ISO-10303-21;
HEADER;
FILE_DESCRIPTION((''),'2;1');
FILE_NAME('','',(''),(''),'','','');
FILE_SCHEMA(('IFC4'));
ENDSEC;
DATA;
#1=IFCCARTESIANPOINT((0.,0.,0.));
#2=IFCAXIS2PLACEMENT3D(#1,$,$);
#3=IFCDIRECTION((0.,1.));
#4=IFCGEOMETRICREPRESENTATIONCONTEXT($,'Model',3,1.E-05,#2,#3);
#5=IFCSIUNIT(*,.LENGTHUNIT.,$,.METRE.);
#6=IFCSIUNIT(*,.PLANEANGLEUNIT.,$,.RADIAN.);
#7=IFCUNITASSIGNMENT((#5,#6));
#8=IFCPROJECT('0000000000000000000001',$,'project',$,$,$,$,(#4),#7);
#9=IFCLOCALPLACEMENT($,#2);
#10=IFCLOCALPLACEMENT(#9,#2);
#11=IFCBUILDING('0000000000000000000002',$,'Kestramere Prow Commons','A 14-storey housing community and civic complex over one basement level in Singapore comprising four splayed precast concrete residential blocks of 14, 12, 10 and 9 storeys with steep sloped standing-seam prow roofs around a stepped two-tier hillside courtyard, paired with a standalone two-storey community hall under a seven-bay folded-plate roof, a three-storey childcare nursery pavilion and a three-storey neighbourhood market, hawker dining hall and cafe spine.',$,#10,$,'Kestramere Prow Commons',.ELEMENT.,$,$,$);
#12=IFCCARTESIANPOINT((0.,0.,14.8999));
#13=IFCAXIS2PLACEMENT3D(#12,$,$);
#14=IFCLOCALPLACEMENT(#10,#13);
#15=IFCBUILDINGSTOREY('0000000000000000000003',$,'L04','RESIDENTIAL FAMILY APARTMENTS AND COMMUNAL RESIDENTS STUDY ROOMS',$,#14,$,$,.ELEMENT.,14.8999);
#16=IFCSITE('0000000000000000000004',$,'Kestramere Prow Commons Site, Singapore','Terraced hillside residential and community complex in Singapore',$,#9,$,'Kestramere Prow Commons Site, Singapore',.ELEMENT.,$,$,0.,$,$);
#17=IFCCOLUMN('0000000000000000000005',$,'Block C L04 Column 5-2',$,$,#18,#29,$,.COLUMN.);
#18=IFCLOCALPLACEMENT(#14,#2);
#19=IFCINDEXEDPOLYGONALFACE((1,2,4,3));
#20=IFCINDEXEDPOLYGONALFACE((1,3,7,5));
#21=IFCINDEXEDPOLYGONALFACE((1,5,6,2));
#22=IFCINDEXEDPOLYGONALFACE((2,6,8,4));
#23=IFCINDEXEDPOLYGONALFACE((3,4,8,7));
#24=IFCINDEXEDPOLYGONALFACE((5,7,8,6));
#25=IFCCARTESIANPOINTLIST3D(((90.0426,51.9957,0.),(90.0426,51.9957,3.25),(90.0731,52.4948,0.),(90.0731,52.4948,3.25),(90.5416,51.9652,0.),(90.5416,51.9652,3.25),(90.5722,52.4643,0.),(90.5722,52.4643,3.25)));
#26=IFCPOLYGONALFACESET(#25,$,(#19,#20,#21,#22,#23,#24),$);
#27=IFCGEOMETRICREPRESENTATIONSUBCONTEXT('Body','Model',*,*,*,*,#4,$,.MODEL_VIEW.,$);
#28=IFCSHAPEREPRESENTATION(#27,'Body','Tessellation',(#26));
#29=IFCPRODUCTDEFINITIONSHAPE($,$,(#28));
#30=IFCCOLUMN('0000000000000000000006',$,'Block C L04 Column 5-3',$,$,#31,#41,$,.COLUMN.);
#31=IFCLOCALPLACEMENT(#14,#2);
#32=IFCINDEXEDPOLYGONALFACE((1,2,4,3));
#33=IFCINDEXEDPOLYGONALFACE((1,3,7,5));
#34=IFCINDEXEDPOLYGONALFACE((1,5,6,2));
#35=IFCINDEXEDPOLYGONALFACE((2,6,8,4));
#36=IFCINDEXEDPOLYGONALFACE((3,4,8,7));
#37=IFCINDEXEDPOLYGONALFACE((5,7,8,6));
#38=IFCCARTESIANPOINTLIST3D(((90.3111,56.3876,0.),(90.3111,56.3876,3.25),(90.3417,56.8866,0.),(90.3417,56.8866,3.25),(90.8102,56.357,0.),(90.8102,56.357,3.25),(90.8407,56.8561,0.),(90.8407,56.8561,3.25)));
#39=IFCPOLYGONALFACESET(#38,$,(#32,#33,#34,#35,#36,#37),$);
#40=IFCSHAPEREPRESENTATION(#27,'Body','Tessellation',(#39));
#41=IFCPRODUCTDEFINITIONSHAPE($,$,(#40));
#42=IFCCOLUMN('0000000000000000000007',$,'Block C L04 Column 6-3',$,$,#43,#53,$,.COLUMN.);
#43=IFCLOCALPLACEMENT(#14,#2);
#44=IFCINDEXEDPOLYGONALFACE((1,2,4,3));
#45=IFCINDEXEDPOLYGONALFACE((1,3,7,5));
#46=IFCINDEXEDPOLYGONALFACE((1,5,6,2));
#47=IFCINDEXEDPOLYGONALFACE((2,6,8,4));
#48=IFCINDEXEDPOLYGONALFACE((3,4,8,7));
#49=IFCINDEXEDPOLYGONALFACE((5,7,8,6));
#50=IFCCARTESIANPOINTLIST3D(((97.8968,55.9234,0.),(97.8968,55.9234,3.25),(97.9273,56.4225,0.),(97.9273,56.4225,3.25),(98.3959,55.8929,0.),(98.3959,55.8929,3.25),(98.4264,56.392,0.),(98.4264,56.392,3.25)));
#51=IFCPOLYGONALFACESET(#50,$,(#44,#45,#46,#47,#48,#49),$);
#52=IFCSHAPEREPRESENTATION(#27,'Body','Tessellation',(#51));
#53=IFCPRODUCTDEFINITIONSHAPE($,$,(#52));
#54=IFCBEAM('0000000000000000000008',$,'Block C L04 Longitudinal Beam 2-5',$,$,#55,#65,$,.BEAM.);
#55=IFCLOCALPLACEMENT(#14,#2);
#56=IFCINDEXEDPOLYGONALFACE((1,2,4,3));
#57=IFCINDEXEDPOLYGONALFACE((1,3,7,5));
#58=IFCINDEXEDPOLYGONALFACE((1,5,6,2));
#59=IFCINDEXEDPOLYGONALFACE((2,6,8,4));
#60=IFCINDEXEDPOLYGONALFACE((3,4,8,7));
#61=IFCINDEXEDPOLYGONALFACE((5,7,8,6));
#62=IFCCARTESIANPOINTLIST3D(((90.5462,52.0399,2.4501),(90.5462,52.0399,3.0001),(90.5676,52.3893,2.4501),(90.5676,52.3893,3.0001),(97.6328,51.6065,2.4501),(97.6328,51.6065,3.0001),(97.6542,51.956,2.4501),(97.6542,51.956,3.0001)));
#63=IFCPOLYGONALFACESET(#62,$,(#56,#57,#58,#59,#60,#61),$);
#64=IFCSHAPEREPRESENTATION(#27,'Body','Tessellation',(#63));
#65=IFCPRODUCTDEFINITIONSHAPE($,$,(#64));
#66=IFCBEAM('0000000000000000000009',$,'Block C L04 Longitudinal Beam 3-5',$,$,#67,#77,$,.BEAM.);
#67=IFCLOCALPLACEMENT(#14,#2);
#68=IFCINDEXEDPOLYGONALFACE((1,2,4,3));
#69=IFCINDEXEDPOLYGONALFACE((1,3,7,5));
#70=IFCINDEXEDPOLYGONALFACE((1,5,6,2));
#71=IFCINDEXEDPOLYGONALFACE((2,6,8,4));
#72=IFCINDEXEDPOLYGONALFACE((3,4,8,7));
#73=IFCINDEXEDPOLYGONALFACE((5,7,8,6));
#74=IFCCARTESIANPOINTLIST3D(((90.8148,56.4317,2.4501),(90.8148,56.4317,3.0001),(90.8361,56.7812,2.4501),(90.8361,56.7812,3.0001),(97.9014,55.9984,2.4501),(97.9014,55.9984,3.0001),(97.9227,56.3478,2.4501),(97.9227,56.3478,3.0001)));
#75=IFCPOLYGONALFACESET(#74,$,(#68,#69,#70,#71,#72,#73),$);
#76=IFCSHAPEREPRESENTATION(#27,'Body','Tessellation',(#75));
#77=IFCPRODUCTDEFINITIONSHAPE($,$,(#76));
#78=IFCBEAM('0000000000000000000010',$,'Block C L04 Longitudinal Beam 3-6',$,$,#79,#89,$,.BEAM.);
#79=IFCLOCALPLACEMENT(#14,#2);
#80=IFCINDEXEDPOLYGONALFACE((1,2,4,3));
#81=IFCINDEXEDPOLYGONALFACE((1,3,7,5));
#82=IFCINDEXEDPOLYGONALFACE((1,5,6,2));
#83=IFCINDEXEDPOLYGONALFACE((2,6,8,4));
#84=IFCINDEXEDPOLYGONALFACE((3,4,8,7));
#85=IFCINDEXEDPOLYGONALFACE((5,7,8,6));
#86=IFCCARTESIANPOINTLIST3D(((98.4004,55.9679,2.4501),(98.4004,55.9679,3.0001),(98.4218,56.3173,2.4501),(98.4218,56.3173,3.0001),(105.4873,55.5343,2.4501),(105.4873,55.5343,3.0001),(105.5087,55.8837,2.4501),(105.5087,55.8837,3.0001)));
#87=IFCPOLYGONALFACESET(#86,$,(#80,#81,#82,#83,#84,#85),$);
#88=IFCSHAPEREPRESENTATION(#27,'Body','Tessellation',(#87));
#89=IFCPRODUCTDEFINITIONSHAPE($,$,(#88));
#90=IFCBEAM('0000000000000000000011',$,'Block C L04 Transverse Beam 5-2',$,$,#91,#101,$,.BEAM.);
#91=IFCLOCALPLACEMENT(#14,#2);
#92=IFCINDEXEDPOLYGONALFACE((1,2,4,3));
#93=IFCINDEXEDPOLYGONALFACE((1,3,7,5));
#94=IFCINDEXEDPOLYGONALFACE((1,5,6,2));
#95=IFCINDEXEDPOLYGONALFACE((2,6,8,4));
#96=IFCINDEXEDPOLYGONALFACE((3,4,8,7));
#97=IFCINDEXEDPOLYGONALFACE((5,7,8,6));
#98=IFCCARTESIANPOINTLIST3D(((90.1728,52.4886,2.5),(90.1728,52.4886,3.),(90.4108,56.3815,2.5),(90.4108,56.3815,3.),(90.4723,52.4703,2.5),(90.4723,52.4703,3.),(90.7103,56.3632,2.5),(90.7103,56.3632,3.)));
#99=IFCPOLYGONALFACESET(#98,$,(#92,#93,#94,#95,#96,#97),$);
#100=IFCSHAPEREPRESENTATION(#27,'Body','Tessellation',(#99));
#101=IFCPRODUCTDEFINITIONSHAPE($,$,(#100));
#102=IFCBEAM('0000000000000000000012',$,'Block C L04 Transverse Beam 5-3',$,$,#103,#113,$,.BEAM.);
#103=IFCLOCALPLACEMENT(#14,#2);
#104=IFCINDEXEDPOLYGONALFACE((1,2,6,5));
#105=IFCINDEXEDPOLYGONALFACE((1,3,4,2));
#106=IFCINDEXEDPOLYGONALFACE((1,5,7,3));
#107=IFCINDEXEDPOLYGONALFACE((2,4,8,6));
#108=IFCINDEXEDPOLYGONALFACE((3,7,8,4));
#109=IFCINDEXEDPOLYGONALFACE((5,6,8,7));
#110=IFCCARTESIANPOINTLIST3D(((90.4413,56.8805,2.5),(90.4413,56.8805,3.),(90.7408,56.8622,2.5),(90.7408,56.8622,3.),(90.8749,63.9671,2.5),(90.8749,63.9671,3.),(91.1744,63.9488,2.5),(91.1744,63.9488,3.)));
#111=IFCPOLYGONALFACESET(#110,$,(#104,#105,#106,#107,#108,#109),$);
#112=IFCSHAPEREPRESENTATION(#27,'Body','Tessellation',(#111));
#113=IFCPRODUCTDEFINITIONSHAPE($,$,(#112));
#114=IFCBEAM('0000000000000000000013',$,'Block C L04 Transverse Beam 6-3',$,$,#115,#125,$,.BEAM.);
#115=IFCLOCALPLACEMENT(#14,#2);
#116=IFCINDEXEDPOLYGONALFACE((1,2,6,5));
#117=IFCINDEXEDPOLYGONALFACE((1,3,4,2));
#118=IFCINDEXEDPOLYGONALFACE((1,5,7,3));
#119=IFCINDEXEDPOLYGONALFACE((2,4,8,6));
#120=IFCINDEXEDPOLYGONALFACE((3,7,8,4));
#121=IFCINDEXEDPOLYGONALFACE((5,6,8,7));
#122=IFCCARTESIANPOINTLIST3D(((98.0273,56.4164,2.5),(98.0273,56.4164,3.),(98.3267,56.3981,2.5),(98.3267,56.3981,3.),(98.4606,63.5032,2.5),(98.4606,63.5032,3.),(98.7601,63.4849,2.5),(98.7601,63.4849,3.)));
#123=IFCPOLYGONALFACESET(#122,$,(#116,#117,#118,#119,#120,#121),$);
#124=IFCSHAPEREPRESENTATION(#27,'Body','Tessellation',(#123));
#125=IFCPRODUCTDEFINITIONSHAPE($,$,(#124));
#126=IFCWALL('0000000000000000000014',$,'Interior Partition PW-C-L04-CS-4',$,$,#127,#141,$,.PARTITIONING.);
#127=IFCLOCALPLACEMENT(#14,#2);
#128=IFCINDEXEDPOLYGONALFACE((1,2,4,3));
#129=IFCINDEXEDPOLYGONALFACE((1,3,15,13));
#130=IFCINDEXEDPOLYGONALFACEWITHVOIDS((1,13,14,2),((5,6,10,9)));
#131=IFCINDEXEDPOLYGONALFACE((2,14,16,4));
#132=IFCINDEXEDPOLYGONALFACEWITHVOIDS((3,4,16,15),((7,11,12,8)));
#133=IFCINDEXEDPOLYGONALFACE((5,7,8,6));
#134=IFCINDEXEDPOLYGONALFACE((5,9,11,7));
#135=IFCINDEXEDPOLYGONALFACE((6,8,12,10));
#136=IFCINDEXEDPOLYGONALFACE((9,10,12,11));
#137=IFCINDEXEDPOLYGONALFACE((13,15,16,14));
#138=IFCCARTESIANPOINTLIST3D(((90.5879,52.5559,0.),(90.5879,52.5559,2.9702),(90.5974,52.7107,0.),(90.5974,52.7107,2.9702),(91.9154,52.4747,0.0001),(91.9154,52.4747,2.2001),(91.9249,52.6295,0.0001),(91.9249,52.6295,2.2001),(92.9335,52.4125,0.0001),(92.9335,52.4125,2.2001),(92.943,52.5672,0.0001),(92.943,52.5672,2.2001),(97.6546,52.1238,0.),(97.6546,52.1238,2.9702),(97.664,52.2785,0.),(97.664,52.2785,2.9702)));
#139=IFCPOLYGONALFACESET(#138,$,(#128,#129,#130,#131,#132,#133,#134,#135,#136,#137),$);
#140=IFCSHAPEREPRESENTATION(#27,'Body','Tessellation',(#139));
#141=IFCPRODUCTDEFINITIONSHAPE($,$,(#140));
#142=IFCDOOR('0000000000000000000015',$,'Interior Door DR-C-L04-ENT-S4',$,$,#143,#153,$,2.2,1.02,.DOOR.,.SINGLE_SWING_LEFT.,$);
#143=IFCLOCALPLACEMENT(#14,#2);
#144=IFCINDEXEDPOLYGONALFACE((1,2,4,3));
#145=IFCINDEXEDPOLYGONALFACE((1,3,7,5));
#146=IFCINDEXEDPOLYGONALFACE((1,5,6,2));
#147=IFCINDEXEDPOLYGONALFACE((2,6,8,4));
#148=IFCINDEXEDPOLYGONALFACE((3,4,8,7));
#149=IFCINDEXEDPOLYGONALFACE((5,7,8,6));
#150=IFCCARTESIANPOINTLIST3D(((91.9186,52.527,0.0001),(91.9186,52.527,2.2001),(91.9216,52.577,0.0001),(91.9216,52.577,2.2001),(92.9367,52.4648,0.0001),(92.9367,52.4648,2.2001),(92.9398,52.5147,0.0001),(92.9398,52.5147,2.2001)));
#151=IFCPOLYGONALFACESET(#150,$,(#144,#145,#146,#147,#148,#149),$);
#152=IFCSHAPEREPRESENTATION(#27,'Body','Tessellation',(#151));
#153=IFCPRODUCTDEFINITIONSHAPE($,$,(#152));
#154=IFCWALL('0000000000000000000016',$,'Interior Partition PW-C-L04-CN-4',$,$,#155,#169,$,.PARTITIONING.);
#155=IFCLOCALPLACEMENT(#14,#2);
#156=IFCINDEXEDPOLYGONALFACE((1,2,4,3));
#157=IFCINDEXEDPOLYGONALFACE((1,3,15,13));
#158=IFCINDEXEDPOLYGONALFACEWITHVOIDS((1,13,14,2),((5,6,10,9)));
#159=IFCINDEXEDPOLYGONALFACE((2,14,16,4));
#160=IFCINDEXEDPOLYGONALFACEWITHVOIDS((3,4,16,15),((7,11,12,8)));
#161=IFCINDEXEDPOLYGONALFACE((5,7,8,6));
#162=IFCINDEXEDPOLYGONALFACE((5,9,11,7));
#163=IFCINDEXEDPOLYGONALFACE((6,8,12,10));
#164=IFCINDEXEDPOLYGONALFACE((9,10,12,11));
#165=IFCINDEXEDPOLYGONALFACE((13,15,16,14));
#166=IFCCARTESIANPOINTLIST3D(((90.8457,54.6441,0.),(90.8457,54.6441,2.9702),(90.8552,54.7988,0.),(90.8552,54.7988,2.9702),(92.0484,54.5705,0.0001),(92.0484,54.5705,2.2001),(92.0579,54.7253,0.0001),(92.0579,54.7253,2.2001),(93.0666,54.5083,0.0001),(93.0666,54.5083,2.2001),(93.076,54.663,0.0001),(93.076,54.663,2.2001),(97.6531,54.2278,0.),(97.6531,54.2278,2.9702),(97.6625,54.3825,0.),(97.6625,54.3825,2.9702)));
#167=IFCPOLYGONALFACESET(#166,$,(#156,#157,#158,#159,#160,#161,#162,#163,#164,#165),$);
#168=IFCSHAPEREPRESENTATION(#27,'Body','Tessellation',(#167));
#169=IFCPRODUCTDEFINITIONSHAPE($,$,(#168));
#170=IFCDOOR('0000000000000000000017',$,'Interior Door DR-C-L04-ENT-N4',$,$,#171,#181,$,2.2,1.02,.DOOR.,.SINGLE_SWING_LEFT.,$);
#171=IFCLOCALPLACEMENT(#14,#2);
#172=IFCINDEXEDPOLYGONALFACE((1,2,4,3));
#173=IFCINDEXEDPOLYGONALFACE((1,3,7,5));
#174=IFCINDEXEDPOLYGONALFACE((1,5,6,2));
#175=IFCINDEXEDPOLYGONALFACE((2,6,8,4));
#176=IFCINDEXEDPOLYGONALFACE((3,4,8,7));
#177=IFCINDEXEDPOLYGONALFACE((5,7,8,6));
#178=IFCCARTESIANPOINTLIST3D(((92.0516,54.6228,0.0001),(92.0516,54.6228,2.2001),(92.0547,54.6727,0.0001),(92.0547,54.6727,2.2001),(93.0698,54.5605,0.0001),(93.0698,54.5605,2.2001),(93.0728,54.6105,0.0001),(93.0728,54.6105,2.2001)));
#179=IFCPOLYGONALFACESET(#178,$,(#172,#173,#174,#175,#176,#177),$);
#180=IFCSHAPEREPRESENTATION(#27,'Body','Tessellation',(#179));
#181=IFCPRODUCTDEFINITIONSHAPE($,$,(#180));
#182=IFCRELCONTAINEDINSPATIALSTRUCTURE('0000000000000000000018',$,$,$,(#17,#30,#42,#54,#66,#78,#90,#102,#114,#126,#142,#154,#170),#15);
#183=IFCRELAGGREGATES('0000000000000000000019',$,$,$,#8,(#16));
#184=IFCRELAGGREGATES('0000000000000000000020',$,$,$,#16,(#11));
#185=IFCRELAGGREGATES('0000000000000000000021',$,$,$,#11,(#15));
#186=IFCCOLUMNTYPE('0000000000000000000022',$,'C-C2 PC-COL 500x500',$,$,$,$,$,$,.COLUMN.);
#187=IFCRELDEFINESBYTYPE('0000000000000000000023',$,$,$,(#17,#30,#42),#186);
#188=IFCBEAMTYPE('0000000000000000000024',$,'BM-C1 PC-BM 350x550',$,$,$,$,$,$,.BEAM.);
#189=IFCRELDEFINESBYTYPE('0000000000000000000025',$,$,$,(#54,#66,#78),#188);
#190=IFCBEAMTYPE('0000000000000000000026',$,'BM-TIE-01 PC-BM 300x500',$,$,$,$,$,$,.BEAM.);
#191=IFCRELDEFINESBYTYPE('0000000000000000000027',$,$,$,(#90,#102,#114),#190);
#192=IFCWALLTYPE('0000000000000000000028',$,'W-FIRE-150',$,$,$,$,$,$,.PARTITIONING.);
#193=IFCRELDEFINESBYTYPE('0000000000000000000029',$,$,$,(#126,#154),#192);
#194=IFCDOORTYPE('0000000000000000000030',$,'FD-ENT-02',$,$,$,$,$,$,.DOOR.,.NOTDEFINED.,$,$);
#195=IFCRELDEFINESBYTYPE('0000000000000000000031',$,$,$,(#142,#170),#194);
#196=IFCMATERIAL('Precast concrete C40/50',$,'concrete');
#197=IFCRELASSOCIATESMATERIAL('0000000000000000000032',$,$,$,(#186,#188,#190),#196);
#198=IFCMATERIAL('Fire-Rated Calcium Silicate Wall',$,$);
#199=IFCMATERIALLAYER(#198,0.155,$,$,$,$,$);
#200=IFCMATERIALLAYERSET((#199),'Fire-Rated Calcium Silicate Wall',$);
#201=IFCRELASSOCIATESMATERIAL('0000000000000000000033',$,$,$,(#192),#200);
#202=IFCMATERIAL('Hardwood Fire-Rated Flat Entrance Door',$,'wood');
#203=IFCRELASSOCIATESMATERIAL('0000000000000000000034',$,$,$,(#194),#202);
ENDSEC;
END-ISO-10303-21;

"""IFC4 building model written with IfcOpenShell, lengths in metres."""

from ifc_helpers import new_model, si_unit, direction, frame, frame_2d, origin, origin_2d, place, context, subcontext, project, spatial, rectangle, extrude, material, layer, layer_set, material_profile, profile_set, type_object, element, fill, save


model = new_model("IFC4")

# Units and contexts
model_context = context("Model", 3, precision=1e-05, world=origin(), true_north=direction((0.0, 1.0)))
body_context = subcontext(model_context, "Body", "Model", "MODEL_VIEW")
ifc_project = project(units=[si_unit("LENGTHUNIT", "METRE"), si_unit("PLANEANGLEUNIT", "RADIAN")], contexts=[model_context])

# Site, building, storey
site_placement = place(None, origin())
site = spatial("IfcSite", under=ifc_project, at=site_placement, Name="Kestramere Prow Commons Site, Singapore", Description="Terraced hillside residential and community complex in Singapore", LongName="Kestramere Prow Commons Site, Singapore", CompositionType="ELEMENT", RefElevation=0.0)
building_placement = place(site_placement, origin())
building = spatial("IfcBuilding", under=site, at=building_placement, Name="Kestramere Prow Commons", Description="A 14-storey housing community and civic complex over one basement level in Singapore comprising four splayed precast concrete residential blocks of 14, 12, 10 and 9 storeys with steep sloped standing-seam prow roofs around a stepped two-tier hillside courtyard, paired with a standalone two-storey community hall under a seven-bay folded-plate roof, a three-storey childcare nursery pavilion and a three-storey neighbourhood market, hawker dining hall and cafe spine.", LongName="Kestramere Prow Commons", CompositionType="ELEMENT")
storey_placement = place(building_placement, frame((0.0, 0.0, 14.8999)))
storey = spatial("IfcBuildingStorey", under=building, at=storey_placement, Name="L04", Description="RESIDENTIAL FAMILY APARTMENTS AND COMMUNAL RESIDENTS STUDY ROOMS", CompositionType="ELEMENT", Elevation=14.8999)

# Columns
ifc_material_1 = material(Name="Precast concrete C40/50", Category="concrete")
ifc_material_profile_1 = material_profile(ifc_material_1, rectangle(XDim=0.5, YDim=0.5, at=origin_2d()), Name="PC-COL 500x500")
ifc_profile_set_1 = profile_set([ifc_material_profile_1], Name="Precast concrete C40/50")
column_type = type_object("IfcColumnType", Name="C-C2 PC-COL 500x500", PredefinedType="COLUMN", material=ifc_profile_set_1)
for number, where, z_axis, x_axis, name in (
    (1, (90.3074, 52.23, 0.0), (0.0, 0.0, 1.0), (0.998135, -0.061049, 0.0), "Block C L04 Column 5-2"),
    (2, (90.5759, 56.6218, 0.0), (0.0, 0.0, 1.0), (0.998135, -0.061049, 0.0), "Block C L04 Column 5-3"),
    (3, (98.1616, 56.1577, 0.0), (0.0, 0.0, 1.0), (0.998135, -0.061049, 0.0), "Block C L04 Column 6-3"),
):
    element("IfcColumn", number, at=place(storey_placement, frame(where, z_axis=z_axis, x_axis=x_axis)), inside=storey, type_object=column_type, Name=name, PredefinedType="COLUMN", context=body_context, shape_type="SweptSolid", body=[
        extrude(rectangle(XDim=0.5, YDim=0.5, at=origin_2d()), origin(), (0.0, 0.0, 1.0), 3.25),
    ])

# Beams
ifc_material_profile_2 = material_profile(ifc_material_1, rectangle(XDim=0.3501, YDim=0.55, at=origin_2d()), Name="PC-BM 350x550")
ifc_profile_set_2 = profile_set([ifc_material_profile_2], Name="Precast concrete C40/50")
beam_type_1 = type_object("IfcBeamType", Name="BM-C1 PC-BM 350x550", PredefinedType="BEAM", material=ifc_profile_set_2)
for number, where, z_axis, x_axis, name in (
    (4, (90.5569, 52.2146, 2.7251), (0.998136, -0.061036, 0.0), (0.061036, 0.998136, 0.0), "Block C L04 Longitudinal Beam 2-5"),
    (5, (90.8254, 56.6064, 2.7251), (0.998136, -0.061036, 0.0), (0.061036, 0.998136, 0.0), "Block C L04 Longitudinal Beam 3-5"),
):
    element("IfcBeam", number, at=place(storey_placement, frame(where, z_axis=z_axis, x_axis=x_axis)), inside=storey, type_object=beam_type_1, Name=name, PredefinedType="BEAM", context=body_context, shape_type="SweptSolid", body=[
        extrude(rectangle(XDim=0.3501, YDim=0.55, at=origin_2d()), origin(), (0.0, 0.0, 1.0), 7.0999),
    ])
beam_1_placement = place(storey_placement, frame((98.4111, 56.1426, 2.7251), z_axis=(0.998134, -0.061068, 0.0), x_axis=(0.061068, 0.998134, 0.0)))
element("IfcBeam", 6, at=beam_1_placement, inside=storey, type_object=beam_type_1, Name="Block C L04 Longitudinal Beam 3-6", PredefinedType="BEAM", context=body_context, shape_type="SweptSolid", body=[
    extrude(rectangle(XDim=0.3501, YDim=0.55, at=origin_2d()), origin(), (0.0, 0.0, 1.0), 7.1001),
])
ifc_material_profile_3 = material_profile(ifc_material_1, rectangle(XDim=0.3, YDim=0.5, at=origin_2d()), Name="PC-BM 300x500")
ifc_profile_set_3 = profile_set([ifc_material_profile_3], Name="Precast concrete C40/50")
beam_type_2 = type_object("IfcBeamType", Name="BM-TIE-01 PC-BM 300x500", PredefinedType="BEAM", material=ifc_profile_set_3)
beam_2_placement = place(storey_placement, frame((90.3225, 52.4795, 2.75), z_axis=(0.061034, 0.998136, 0.0), x_axis=(-0.998136, 0.061034, 0.0)))
element("IfcBeam", 7, at=beam_2_placement, inside=storey, type_object=beam_type_2, Name="Block C L04 Transverse Beam 5-2", PredefinedType="BEAM", context=body_context, shape_type="SweptSolid", body=[
    extrude(rectangle(XDim=0.3, YDim=0.5, at=origin_2d()), origin(), (0.0, 0.0, 1.0), 3.9001),
])
beam_3_placement = place(storey_placement, frame((90.5911, 56.8713, 2.75), z_axis=(0.06107, 0.998133, 0.0), x_axis=(-0.998133, 0.06107, 0.0)))
element("IfcBeam", 8, at=beam_3_placement, inside=storey, type_object=beam_type_2, Name="Block C L04 Transverse Beam 5-3", PredefinedType="BEAM", context=body_context, shape_type="SweptSolid", body=[
    extrude(rectangle(XDim=0.3, YDim=0.5, at=origin_2d()), origin(), (0.0, 0.0, 1.0), 7.0999),
])
beam_4_placement = place(storey_placement, frame((98.177, 56.4072, 2.75), z_axis=(0.061034, 0.998136, 0.0), x_axis=(-0.998136, 0.061034, 0.0)))
element("IfcBeam", 9, at=beam_4_placement, inside=storey, type_object=beam_type_2, Name="Block C L04 Transverse Beam 6-3", PredefinedType="BEAM", context=body_context, shape_type="SweptSolid", body=[
    extrude(rectangle(XDim=0.3, YDim=0.5, at=origin_2d()), origin(), (0.0, 0.0, 1.0), 7.1001),
])

# Walls, openings, doors
ifc_material_2 = material(Name="Fire-Rated Calcium Silicate Wall")
ifc_layer_1 = layer(ifc_material_2, 0.155)
ifc_layer_set_1 = layer_set([ifc_layer_1], Name="Fire-Rated Calcium Silicate Wall")
wall_type_1 = type_object("IfcWallType", Name="W-FIRE-150", PredefinedType="PARTITIONING", material=ifc_layer_set_1)
wall_1_placement = place(storey_placement, frame((90.5925, 52.6333, 0.0), z_axis=(0.0, 0.0, 1.0), x_axis=(0.998136, -0.061036, 0.0)))
wall_1 = element("IfcWall", 10, at=wall_1_placement, inside=storey, type_object=wall_type_1, Name="Interior Partition PW-C-L04-CS-4", PredefinedType="PARTITIONING", context=body_context, shape_type="SweptSolid", body=[
    extrude(rectangle(XDim=7.0798, YDim=0.155, at=frame_2d((3.54, 0.0))), origin(), (0.0, 0.0, 1.0), 2.9702),
])
opening_1_placement = place(wall_1_placement, frame((1.3301, 0.0, 0.0)))
opening_1 = element("IfcOpeningElement", 11, at=opening_1_placement, cuts=wall_1, PredefinedType="OPENING", context=body_context, shape_type="SweptSolid", body=[
    extrude(rectangle(XDim=1.02, YDim=2.2, at=frame_2d((0.51, 1.1001))), frame((0.0, 0.0925, 0.0), z_axis=(0.0, -1.0, 0.0), x_axis=(1.0, 0.0, 0.0)), (0.0, 0.0, 1.0), 0.1851),
])
ifc_material_3 = material(Name="Hardwood Fire-Rated Flat Entrance Door", Category="wood")
door_type_1 = type_object("IfcDoorType", Name="FD-ENT-02", OperationType="NOTDEFINED", PredefinedType="DOOR", material=ifc_material_3)
door_1_placement = place(opening_1_placement, origin())
door_1 = element("IfcDoor", 12, at=door_1_placement, inside=storey, type_object=door_type_1, Name="Interior Door DR-C-L04-ENT-S4", OperationType="SINGLE_SWING_LEFT", OverallHeight=2.2, OverallWidth=1.02, PredefinedType="DOOR", context=body_context, shape_type="SweptSolid", body=[
    extrude(rectangle(XDim=1.02, YDim=2.2, at=frame_2d((0.51, 1.1001))), frame((0.0, 0.0249, 0.0), z_axis=(0.0, -1.0, 0.0), x_axis=(1.0, 0.0, 0.0)), (0.0, 0.0, 1.0), 0.05),
])
fill(opening_1, door_1)
wall_2_placement = place(storey_placement, frame((90.8503, 54.7214, 0.0), z_axis=(0.0, 0.0, 1.0), x_axis=(0.998136, -0.061034, 0.0)))
wall_2 = element("IfcWall", 13, at=wall_2_placement, inside=storey, type_object=wall_type_1, Name="Interior Partition PW-C-L04-CN-4", PredefinedType="PARTITIONING", context=body_context, shape_type="SweptSolid", body=[
    extrude(rectangle(XDim=6.8201, YDim=0.155, at=frame_2d((3.4102, 0.0))), origin(), (0.0, 0.0, 1.0), 2.9702),
])
opening_2_placement = place(wall_2_placement, frame((1.2051, 0.0, 0.0)))
opening_2 = element("IfcOpeningElement", 14, at=opening_2_placement, cuts=wall_2, PredefinedType="OPENING", context=body_context, shape_type="SweptSolid", body=[
    extrude(rectangle(XDim=1.02, YDim=2.2, at=frame_2d((0.51, 1.1001))), frame((0.0, 0.0925, 0.0), z_axis=(0.0, -1.0, 0.0), x_axis=(1.0, 0.0, 0.0)), (0.0, 0.0, 1.0), 0.1851),
])
door_2_placement = place(opening_2_placement, origin())
door_2 = element("IfcDoor", 15, at=door_2_placement, inside=storey, type_object=door_type_1, Name="Interior Door DR-C-L04-ENT-N4", OperationType="SINGLE_SWING_LEFT", OverallHeight=2.2, OverallWidth=1.02, PredefinedType="DOOR", context=body_context, shape_type="SweptSolid", body=[
    extrude(rectangle(XDim=1.02, YDim=2.2, at=frame_2d((0.51, 1.1001))), frame((0.0, 0.0249, 0.0), z_axis=(0.0, -1.0, 0.0), x_axis=(1.0, 0.0, 0.0)), (0.0, 0.0, 1.0), 0.05),
])
fill(opening_2, door_2)

save(model, "model.ifc")
